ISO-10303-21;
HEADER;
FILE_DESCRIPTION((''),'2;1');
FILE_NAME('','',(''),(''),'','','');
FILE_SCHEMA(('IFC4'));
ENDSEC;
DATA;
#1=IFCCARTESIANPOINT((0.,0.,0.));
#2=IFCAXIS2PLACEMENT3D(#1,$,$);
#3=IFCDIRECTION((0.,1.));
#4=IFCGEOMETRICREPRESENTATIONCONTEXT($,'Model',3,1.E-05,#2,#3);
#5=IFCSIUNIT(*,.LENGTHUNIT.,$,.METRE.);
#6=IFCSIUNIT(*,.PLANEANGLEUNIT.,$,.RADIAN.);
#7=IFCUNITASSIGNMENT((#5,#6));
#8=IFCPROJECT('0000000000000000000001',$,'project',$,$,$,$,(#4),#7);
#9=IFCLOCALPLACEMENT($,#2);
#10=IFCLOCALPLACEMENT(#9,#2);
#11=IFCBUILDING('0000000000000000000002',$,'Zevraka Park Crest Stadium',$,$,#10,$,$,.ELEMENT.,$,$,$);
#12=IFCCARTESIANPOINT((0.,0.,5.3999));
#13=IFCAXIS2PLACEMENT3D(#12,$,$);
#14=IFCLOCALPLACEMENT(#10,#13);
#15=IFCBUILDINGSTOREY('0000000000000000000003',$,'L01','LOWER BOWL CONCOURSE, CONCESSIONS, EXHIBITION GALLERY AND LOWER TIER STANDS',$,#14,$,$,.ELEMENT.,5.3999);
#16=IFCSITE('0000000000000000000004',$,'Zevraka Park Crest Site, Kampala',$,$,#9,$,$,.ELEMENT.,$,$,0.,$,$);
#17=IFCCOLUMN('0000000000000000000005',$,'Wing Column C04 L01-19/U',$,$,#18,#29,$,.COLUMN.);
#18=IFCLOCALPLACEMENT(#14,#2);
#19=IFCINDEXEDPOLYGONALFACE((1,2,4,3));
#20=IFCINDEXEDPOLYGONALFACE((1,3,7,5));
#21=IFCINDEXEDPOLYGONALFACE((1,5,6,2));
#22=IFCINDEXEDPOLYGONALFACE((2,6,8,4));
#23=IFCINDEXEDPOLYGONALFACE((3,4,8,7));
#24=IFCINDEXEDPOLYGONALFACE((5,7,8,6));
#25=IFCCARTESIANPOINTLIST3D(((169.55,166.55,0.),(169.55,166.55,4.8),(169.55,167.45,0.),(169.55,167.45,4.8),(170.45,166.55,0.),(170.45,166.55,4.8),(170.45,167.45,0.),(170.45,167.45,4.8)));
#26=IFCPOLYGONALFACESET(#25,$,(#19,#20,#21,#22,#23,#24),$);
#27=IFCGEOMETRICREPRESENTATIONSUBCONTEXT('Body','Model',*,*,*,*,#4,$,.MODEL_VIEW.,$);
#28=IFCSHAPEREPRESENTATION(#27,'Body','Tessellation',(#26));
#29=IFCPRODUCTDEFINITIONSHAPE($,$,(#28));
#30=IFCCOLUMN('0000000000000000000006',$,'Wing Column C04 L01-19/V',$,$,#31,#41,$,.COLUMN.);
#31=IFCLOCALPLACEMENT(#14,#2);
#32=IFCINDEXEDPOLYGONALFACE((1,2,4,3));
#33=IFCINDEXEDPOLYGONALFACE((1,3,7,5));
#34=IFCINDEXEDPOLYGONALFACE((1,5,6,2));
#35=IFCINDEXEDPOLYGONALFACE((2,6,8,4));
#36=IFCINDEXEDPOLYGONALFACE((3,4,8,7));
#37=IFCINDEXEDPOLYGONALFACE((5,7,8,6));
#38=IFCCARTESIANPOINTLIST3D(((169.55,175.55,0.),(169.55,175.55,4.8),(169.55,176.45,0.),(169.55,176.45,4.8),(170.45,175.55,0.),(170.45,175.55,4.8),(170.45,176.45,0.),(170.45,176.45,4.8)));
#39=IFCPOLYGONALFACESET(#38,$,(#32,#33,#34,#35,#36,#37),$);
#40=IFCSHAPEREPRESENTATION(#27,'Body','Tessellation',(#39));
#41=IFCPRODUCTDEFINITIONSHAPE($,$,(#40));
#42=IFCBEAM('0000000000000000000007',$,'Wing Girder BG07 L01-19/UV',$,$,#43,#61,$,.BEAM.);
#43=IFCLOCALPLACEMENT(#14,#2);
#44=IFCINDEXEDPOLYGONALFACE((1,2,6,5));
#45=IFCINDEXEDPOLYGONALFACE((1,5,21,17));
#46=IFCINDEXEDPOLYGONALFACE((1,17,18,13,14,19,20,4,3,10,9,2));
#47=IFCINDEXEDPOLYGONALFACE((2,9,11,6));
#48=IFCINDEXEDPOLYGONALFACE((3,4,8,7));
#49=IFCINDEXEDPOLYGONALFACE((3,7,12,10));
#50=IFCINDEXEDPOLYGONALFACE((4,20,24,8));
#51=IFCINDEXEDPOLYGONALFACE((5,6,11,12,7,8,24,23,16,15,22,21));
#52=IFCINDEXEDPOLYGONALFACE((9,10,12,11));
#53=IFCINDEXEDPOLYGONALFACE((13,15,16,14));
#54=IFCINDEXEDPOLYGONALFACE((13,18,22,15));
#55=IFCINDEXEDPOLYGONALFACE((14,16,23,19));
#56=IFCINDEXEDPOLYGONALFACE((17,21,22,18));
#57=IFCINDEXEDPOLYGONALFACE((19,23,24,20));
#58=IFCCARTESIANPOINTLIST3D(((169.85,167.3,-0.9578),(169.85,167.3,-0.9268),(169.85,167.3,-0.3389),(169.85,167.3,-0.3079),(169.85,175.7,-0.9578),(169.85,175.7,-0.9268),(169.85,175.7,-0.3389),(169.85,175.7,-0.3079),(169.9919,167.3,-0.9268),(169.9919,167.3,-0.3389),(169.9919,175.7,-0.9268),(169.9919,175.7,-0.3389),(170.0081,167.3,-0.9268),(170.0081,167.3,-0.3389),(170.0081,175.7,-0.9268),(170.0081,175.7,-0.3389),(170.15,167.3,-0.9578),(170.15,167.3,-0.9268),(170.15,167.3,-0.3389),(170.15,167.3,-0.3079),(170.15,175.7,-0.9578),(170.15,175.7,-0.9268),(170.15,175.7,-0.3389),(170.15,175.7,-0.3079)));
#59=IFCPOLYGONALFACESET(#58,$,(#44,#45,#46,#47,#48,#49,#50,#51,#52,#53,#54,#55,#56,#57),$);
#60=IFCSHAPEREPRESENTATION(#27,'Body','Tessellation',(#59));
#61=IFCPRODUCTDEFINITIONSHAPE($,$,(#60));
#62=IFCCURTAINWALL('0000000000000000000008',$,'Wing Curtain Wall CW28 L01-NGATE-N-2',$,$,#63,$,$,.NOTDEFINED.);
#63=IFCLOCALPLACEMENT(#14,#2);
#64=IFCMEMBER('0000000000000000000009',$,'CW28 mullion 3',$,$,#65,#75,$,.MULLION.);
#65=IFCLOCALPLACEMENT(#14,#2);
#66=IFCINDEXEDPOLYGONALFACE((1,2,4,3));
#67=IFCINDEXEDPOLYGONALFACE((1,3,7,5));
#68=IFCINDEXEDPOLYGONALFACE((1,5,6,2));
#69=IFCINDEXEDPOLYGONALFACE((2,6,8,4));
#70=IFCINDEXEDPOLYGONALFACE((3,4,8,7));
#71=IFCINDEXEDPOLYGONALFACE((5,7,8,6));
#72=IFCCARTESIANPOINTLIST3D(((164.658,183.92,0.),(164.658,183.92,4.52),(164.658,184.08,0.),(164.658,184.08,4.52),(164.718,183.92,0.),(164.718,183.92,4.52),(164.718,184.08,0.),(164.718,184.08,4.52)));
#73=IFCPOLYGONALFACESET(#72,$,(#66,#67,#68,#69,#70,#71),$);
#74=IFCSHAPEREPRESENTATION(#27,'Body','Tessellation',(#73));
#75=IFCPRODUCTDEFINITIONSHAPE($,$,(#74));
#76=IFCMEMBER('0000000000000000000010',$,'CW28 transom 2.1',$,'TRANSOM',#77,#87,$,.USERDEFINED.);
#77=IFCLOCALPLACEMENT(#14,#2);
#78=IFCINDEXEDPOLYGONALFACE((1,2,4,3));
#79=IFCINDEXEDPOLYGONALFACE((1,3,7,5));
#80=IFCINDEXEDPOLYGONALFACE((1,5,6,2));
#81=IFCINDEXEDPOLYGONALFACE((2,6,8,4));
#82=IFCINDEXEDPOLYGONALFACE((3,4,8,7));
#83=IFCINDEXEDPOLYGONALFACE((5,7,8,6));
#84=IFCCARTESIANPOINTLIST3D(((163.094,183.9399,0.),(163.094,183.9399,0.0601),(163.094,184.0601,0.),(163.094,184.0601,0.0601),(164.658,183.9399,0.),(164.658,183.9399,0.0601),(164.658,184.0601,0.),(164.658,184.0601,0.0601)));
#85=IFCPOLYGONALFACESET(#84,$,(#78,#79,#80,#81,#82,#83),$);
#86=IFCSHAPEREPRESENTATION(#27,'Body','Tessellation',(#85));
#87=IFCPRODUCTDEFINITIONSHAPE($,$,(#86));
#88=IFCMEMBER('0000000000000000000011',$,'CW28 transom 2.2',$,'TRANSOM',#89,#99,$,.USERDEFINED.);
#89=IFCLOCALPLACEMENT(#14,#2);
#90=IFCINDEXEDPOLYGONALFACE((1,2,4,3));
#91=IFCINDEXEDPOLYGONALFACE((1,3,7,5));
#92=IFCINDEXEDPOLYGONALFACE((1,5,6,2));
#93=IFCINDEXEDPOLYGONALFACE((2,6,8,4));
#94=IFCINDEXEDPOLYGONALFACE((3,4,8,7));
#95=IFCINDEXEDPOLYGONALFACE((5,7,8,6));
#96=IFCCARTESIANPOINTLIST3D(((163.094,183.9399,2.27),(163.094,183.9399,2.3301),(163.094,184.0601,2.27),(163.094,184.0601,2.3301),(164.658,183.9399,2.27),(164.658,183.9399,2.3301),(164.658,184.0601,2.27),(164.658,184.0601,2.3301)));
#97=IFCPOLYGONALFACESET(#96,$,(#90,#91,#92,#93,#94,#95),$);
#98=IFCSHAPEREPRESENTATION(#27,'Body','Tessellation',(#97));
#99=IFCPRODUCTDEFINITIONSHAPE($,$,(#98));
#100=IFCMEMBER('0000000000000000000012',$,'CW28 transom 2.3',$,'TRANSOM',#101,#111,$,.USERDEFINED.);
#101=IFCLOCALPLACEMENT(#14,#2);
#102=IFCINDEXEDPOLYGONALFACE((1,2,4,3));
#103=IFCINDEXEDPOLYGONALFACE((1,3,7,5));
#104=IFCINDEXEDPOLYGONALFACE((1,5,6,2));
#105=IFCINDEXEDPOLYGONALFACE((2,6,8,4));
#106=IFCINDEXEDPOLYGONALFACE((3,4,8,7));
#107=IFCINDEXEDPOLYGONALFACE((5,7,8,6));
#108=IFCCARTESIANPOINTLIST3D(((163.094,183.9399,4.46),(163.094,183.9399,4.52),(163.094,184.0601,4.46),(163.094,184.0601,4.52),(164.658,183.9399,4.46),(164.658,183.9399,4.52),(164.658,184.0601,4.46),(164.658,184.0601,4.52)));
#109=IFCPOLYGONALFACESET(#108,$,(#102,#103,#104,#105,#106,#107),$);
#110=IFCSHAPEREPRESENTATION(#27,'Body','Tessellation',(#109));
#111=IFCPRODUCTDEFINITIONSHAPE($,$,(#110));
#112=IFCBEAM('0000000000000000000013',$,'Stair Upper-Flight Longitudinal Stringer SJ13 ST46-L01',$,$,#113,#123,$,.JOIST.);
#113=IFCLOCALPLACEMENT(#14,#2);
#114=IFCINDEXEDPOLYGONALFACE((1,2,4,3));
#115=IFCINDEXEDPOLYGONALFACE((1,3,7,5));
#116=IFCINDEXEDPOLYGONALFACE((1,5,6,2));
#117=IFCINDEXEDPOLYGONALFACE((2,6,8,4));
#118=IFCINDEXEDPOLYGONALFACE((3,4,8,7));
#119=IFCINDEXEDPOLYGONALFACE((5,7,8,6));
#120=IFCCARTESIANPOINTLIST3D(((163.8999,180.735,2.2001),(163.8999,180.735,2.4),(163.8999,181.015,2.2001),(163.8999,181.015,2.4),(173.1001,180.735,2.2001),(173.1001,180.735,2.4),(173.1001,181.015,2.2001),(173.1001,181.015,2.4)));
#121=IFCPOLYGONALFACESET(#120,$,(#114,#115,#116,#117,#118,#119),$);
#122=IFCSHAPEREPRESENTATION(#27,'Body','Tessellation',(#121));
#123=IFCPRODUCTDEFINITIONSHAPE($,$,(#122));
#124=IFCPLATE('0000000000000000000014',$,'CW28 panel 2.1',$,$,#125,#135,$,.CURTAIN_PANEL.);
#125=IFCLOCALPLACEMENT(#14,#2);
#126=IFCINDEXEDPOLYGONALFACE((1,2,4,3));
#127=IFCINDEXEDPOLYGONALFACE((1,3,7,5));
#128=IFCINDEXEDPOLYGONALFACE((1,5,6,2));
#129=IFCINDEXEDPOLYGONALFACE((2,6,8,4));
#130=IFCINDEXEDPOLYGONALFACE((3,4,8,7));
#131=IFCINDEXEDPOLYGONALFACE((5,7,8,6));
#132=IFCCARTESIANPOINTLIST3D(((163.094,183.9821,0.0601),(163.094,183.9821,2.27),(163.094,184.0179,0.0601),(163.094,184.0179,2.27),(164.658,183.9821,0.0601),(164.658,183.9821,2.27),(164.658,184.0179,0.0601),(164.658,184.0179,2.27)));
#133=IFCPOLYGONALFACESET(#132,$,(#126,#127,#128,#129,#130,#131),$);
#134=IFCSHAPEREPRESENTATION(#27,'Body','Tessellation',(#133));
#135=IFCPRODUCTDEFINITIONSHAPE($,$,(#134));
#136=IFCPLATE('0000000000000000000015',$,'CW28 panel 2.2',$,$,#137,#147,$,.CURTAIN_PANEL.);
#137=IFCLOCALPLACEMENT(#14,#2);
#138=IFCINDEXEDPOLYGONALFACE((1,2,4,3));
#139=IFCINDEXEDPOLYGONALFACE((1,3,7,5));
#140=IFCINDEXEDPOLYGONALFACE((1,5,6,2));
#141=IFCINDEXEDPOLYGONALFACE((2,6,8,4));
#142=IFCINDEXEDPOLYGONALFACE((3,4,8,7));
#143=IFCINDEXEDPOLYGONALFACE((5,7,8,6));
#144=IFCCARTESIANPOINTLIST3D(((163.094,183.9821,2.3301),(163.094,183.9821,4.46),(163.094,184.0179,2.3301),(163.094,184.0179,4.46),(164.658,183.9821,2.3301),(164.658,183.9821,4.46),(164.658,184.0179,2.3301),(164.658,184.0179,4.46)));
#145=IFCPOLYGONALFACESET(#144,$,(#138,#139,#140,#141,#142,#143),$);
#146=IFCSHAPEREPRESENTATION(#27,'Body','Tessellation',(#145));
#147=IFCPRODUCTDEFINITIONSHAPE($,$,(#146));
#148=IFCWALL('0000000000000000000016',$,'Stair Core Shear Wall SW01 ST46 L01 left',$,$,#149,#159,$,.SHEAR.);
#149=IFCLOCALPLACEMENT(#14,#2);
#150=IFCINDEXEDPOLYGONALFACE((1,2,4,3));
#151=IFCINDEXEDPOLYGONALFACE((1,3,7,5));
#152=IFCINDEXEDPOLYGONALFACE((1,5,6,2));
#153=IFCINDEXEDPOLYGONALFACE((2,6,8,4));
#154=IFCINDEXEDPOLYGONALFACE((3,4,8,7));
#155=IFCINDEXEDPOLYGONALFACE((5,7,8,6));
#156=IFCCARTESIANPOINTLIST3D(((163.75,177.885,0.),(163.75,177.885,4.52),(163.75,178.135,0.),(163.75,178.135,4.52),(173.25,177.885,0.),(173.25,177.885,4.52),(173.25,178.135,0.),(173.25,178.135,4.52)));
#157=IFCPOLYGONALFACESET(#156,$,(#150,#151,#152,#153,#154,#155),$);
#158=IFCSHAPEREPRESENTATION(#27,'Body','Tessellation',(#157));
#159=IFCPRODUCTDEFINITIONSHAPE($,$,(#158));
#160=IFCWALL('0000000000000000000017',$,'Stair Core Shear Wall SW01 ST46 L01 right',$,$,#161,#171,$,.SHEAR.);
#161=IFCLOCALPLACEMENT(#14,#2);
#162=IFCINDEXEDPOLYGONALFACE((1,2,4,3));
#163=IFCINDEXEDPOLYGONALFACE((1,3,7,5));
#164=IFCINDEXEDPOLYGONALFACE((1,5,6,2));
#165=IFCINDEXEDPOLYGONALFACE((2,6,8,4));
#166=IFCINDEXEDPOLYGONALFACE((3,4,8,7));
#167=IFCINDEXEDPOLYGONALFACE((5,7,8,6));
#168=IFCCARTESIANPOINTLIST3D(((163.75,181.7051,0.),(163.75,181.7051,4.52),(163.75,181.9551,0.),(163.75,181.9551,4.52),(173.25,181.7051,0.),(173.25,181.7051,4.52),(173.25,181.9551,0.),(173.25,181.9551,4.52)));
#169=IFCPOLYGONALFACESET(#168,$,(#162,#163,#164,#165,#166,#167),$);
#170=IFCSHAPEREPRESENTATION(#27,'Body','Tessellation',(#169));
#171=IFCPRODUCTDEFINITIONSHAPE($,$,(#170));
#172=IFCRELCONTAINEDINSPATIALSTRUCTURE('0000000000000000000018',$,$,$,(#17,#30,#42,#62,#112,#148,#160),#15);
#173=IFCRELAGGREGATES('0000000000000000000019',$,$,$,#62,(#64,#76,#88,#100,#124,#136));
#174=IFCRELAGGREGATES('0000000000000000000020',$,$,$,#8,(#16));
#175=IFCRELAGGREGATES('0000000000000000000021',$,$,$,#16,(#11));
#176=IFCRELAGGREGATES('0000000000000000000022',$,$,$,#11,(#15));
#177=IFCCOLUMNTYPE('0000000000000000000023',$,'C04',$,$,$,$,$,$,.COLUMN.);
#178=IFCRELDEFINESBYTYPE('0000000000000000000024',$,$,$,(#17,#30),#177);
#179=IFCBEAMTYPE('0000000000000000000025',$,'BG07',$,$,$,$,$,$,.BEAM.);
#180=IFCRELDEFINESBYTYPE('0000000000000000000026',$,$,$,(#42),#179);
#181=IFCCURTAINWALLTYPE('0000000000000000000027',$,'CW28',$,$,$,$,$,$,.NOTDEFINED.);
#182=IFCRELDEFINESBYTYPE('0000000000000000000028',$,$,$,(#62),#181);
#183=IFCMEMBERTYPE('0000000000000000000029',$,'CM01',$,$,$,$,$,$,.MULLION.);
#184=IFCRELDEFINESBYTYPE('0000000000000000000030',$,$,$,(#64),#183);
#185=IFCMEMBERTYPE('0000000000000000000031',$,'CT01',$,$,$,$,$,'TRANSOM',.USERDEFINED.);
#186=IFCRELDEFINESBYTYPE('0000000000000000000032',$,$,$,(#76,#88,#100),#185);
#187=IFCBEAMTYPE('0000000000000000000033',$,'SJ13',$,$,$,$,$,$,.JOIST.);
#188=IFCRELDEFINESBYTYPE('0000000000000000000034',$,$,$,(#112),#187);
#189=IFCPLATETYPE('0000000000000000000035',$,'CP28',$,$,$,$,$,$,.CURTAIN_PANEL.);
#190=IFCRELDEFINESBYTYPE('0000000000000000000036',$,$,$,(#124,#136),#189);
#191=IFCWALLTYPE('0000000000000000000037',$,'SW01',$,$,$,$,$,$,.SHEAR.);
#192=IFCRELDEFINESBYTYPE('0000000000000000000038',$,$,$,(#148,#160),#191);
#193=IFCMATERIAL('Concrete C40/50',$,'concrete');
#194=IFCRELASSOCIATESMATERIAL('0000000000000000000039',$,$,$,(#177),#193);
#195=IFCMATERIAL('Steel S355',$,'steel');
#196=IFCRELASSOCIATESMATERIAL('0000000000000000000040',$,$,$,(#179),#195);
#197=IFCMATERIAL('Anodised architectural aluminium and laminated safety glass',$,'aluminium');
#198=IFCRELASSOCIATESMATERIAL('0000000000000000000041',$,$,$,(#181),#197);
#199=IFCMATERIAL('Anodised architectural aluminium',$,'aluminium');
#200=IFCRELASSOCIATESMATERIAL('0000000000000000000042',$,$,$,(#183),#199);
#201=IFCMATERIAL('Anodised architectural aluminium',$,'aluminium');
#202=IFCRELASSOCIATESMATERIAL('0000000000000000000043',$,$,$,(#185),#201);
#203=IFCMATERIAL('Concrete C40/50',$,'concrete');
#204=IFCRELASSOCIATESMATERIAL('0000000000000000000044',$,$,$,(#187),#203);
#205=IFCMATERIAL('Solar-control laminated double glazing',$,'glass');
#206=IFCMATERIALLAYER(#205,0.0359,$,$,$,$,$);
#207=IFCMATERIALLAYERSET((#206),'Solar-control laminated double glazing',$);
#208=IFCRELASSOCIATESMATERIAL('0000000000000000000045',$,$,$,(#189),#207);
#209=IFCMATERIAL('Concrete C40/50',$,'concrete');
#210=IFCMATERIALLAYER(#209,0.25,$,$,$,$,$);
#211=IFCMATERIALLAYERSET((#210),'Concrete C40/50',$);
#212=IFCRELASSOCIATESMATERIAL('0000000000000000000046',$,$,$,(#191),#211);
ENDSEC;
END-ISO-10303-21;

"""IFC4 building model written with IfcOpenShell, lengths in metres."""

from ifc_helpers import new_model, si_unit, direction, frame, frame_2d, origin, origin_2d, place, context, subcontext, project, spatial, rectangle, i_section, extrude, material, layer, layer_set, material_profile, profile_set, type_object, element, aggregate, save


model = new_model("IFC4")

# Units and contexts
model_context = context("Model", 3, precision=1e-05, world=origin(), true_north=direction((0.0, 1.0)))
body_context = subcontext(model_context, "Body", "Model", "MODEL_VIEW")
ifc_project = project(units=[si_unit("LENGTHUNIT", "METRE"), si_unit("PLANEANGLEUNIT", "RADIAN")], contexts=[model_context])

# Site, building, storey
site_placement = place(None, origin())
site = spatial("IfcSite", under=ifc_project, at=site_placement, Name="Zevraka Park Crest Site, Kampala", CompositionType="ELEMENT", RefElevation=0.0)
building_placement = place(site_placement, origin())
building = spatial("IfcBuilding", under=site, at=building_placement, Name="Zevraka Park Crest Stadium", CompositionType="ELEMENT")
storey_placement = place(building_placement, frame((0.0, 0.0, 5.3999)))
storey = spatial("IfcBuildingStorey", under=building, at=storey_placement, Name="L01", Description="LOWER BOWL CONCOURSE, CONCESSIONS, EXHIBITION GALLERY AND LOWER TIER STANDS", CompositionType="ELEMENT", Elevation=5.3999)

# Columns
ifc_material_1 = material(Name="Concrete C40/50", Category="concrete")
ifc_material_profile_1 = material_profile(ifc_material_1, rectangle(XDim=0.8999, YDim=0.8999, at=origin_2d()), Name="RC 900x900")
ifc_profile_set_1 = profile_set([ifc_material_profile_1], Name="Concrete C40/50")
column_type = type_object("IfcColumnType", Name="C04", PredefinedType="COLUMN", material=ifc_profile_set_1)
for number, where, z_axis, x_axis, name in (
    (1, (170.0, 167.0, 0.0), (0.0, 0.0, 1.0), (1.0, 0.0, 0.0), "Wing Column C04 L01-19/U"),
    (2, (170.0, 176.0, 0.0), (0.0, 0.0, 1.0), (1.0, 0.0, 0.0), "Wing Column C04 L01-19/V"),
):
    element("IfcColumn", number, at=place(storey_placement, frame(where, z_axis=z_axis, x_axis=x_axis)), inside=storey, type_object=column_type, Name=name, PredefinedType="COLUMN", context=body_context, shape_type="SweptSolid", body=[
        extrude(rectangle(XDim=0.8999, YDim=0.8999, at=origin_2d()), origin(), (0.0, 0.0, 1.0), 4.8),
    ])

# Beam
ifc_material_2 = material(Name="Steel S355", Category="steel")
ifc_material_profile_2 = material_profile(ifc_material_2, i_section(OverallWidth=0.3, OverallDepth=0.6499, WebThickness=0.0161, FlangeThickness=0.031, at=origin_2d()), Name="HEB 650")
ifc_profile_set_2 = profile_set([ifc_material_profile_2], Name="Steel S355")
beam_type_1 = type_object("IfcBeamType", Name="BG07", PredefinedType="BEAM", material=ifc_profile_set_2)
beam_1_placement = place(storey_placement, frame((170.0, 167.3, -0.6328), z_axis=(0.0, 1.0, 0.0), x_axis=(-1.0, 0.0, 0.0)))
element("IfcBeam", 3, at=beam_1_placement, inside=storey, type_object=beam_type_1, Name="Wing Girder BG07 L01-19/UV", PredefinedType="BEAM", context=body_context, shape_type="SweptSolid", body=[
    extrude(i_section(OverallWidth=0.3, OverallDepth=0.6499, WebThickness=0.0161, FlangeThickness=0.031, at=origin_2d()), origin(), (0.0, 0.0, 1.0), 8.3999),
])

# Curtain wall, members
ifc_material_3 = material(Name="Anodised architectural aluminium and laminated safety glass", Category="aluminium")
curtain_wall_type = type_object("IfcCurtainWallType", Name="CW28", PredefinedType="NOTDEFINED", material=ifc_material_3)
curtain_wall_placement = place(storey_placement, origin())
curtain_wall = element("IfcCurtainWall", 4, at=curtain_wall_placement, inside=storey, type_object=curtain_wall_type, Name="Wing Curtain Wall CW28 L01-NGATE-N-2", PredefinedType="NOTDEFINED")
ifc_material_4 = material(Name="Anodised architectural aluminium", Category="aluminium")
ifc_material_profile_3 = material_profile(ifc_material_4, rectangle(XDim=0.1599, YDim=0.0601, at=origin_2d()), Name="ALU MULLION 160x60")
ifc_profile_set_3 = profile_set([ifc_material_profile_3], Name="Anodised architectural aluminium")
member_type_1 = type_object("IfcMemberType", Name="CM01", PredefinedType="MULLION", material=ifc_profile_set_3)
member_1_placement = place(storey_placement, frame((164.688, 184.0, 0.0), z_axis=(0.0, 0.0, 1.0), x_axis=(0.0, 1.0, 0.0)))
member_1 = element("IfcMember", 5, at=member_1_placement, type_object=member_type_1, Name="CW28 mullion 3", PredefinedType="MULLION", context=body_context, shape_type="SweptSolid", body=[
    extrude(rectangle(XDim=0.1599, YDim=0.0601, at=origin_2d()), origin(), (0.0, 0.0, 1.0), 4.52),
])
ifc_material_5 = material(Name="Anodised architectural aluminium", Category="aluminium")
ifc_material_profile_4 = material_profile(ifc_material_5, rectangle(XDim=0.1201, YDim=0.0601, at=origin_2d()), Name="ALU TRANSOM 120x60")
ifc_profile_set_4 = profile_set([ifc_material_profile_4], Name="Anodised architectural aluminium")
member_type_2 = type_object("IfcMemberType", Name="CT01", ElementType="TRANSOM", PredefinedType="USERDEFINED", material=ifc_profile_set_4)
member_2_placement = place(storey_placement, frame((163.094, 184.0, 0.03), z_axis=(1.0, 0.0, 0.0), x_axis=(0.0, 1.0, 0.0)))
member_2 = element("IfcMember", 6, at=member_2_placement, type_object=member_type_2, Name="CW28 transom 2.1", ObjectType="TRANSOM", PredefinedType="USERDEFINED", context=body_context, shape_type="SweptSolid", body=[
    extrude(rectangle(XDim=0.1201, YDim=0.0601, at=origin_2d()), origin(), (0.0, 0.0, 1.0), 1.564),
])
member_3_placement = place(storey_placement, frame((163.094, 184.0, 2.3), z_axis=(1.0, 0.0, 0.0), x_axis=(0.0, 1.0, 0.0)))
member_3 = element("IfcMember", 7, at=member_3_placement, type_object=member_type_2, Name="CW28 transom 2.2", ObjectType="TRANSOM", PredefinedType="USERDEFINED", context=body_context, shape_type="SweptSolid", body=[
    extrude(rectangle(XDim=0.1201, YDim=0.0601, at=origin_2d()), origin(), (0.0, 0.0, 1.0), 1.564),
])
member_4_placement = place(storey_placement, frame((163.094, 184.0, 4.49), z_axis=(1.0, 0.0, 0.0), x_axis=(0.0, 1.0, 0.0)))
member_4 = element("IfcMember", 8, at=member_4_placement, type_object=member_type_2, Name="CW28 transom 2.3", ObjectType="TRANSOM", PredefinedType="USERDEFINED", context=body_context, shape_type="SweptSolid", body=[
    extrude(rectangle(XDim=0.1201, YDim=0.0601, at=origin_2d()), origin(), (0.0, 0.0, 1.0), 1.564),
])

# Beam
ifc_material_6 = material(Name="Concrete C40/50", Category="concrete")
ifc_material_profile_5 = material_profile(ifc_material_6, rectangle(XDim=0.28, YDim=0.2, at=origin_2d()), Name="RC 200x280")
ifc_profile_set_5 = profile_set([ifc_material_profile_5], Name="Concrete C40/50")
beam_type_2 = type_object("IfcBeamType", Name="SJ13", PredefinedType="JOIST", material=ifc_profile_set_5)
beam_2_placement = place(storey_placement, frame((163.8999, 180.875, 2.3), z_axis=(1.0, 0.0, 0.0), x_axis=(0.0, 1.0, 0.0)))
element("IfcBeam", 9, at=beam_2_placement, inside=storey, type_object=beam_type_2, Name="Stair Upper-Flight Longitudinal Stringer SJ13 ST46-L01", PredefinedType="JOIST", context=body_context, shape_type="SweptSolid", body=[
    extrude(rectangle(XDim=0.28, YDim=0.2, at=origin_2d()), origin(), (0.0, 0.0, 1.0), 9.2002),
])

# Plates
ifc_material_7 = material(Name="Solar-control laminated double glazing", Category="glass")
ifc_layer_1 = layer(ifc_material_7, 0.0359)
ifc_layer_set_1 = layer_set([ifc_layer_1], Name="Solar-control laminated double glazing")
plate_type = type_object("IfcPlateType", Name="CP28", PredefinedType="CURTAIN_PANEL", material=ifc_layer_set_1)
plate_1_placement = place(storey_placement, frame((163.876, 184.0, 0.0601), z_axis=(0.0, 0.0, 1.0), x_axis=(1.0, 0.0, 0.0)))
plate_1 = element("IfcPlate", 10, at=plate_1_placement, type_object=plate_type, Name="CW28 panel 2.1", PredefinedType="CURTAIN_PANEL", context=body_context, shape_type="SweptSolid", body=[
    extrude(rectangle(XDim=1.564, YDim=0.0359, at=origin_2d()), origin(), (0.0, 0.0, 1.0), 2.21),
])
plate_2_placement = place(storey_placement, frame((163.876, 184.0, 2.3301), z_axis=(0.0, 0.0, 1.0), x_axis=(1.0, 0.0, 0.0)))
plate_2 = element("IfcPlate", 11, at=plate_2_placement, type_object=plate_type, Name="CW28 panel 2.2", PredefinedType="CURTAIN_PANEL", context=body_context, shape_type="SweptSolid", body=[
    extrude(rectangle(XDim=1.564, YDim=0.0359, at=origin_2d()), origin(), (0.0, 0.0, 1.0), 2.1299),
])
aggregate(curtain_wall, [member_1, member_2, member_3, member_4, plate_1, plate_2])

# Walls
ifc_material_8 = material(Name="Concrete C40/50", Category="concrete")
ifc_layer_2 = layer(ifc_material_8, 0.25)
ifc_layer_set_2 = layer_set([ifc_layer_2], Name="Concrete C40/50")
wall_type = type_object("IfcWallType", Name="SW01", PredefinedType="SHEAR", material=ifc_layer_set_2)
for number, where, z_axis, x_axis, name in (
    (12, (163.75, 178.01, 0.0), (0.0, 0.0, 1.0), (1.0, 0.0, 0.0), "Stair Core Shear Wall SW01 ST46 L01 left"),
    (13, (173.25, 181.8301, 0.0), (0.0, 0.0, 1.0), (-1.0, 0.0, 0.0), "Stair Core Shear Wall SW01 ST46 L01 right"),
):
    element("IfcWall", number, at=place(storey_placement, frame(where, z_axis=z_axis, x_axis=x_axis)), inside=storey, type_object=wall_type, Name=name, PredefinedType="SHEAR", context=body_context, shape_type="SweptSolid", body=[
        extrude(rectangle(XDim=9.5, YDim=0.25, at=frame_2d((4.75, 0.0))), origin(), (0.0, 0.0, 1.0), 4.52),
    ])

save(model, "model.ifc")
